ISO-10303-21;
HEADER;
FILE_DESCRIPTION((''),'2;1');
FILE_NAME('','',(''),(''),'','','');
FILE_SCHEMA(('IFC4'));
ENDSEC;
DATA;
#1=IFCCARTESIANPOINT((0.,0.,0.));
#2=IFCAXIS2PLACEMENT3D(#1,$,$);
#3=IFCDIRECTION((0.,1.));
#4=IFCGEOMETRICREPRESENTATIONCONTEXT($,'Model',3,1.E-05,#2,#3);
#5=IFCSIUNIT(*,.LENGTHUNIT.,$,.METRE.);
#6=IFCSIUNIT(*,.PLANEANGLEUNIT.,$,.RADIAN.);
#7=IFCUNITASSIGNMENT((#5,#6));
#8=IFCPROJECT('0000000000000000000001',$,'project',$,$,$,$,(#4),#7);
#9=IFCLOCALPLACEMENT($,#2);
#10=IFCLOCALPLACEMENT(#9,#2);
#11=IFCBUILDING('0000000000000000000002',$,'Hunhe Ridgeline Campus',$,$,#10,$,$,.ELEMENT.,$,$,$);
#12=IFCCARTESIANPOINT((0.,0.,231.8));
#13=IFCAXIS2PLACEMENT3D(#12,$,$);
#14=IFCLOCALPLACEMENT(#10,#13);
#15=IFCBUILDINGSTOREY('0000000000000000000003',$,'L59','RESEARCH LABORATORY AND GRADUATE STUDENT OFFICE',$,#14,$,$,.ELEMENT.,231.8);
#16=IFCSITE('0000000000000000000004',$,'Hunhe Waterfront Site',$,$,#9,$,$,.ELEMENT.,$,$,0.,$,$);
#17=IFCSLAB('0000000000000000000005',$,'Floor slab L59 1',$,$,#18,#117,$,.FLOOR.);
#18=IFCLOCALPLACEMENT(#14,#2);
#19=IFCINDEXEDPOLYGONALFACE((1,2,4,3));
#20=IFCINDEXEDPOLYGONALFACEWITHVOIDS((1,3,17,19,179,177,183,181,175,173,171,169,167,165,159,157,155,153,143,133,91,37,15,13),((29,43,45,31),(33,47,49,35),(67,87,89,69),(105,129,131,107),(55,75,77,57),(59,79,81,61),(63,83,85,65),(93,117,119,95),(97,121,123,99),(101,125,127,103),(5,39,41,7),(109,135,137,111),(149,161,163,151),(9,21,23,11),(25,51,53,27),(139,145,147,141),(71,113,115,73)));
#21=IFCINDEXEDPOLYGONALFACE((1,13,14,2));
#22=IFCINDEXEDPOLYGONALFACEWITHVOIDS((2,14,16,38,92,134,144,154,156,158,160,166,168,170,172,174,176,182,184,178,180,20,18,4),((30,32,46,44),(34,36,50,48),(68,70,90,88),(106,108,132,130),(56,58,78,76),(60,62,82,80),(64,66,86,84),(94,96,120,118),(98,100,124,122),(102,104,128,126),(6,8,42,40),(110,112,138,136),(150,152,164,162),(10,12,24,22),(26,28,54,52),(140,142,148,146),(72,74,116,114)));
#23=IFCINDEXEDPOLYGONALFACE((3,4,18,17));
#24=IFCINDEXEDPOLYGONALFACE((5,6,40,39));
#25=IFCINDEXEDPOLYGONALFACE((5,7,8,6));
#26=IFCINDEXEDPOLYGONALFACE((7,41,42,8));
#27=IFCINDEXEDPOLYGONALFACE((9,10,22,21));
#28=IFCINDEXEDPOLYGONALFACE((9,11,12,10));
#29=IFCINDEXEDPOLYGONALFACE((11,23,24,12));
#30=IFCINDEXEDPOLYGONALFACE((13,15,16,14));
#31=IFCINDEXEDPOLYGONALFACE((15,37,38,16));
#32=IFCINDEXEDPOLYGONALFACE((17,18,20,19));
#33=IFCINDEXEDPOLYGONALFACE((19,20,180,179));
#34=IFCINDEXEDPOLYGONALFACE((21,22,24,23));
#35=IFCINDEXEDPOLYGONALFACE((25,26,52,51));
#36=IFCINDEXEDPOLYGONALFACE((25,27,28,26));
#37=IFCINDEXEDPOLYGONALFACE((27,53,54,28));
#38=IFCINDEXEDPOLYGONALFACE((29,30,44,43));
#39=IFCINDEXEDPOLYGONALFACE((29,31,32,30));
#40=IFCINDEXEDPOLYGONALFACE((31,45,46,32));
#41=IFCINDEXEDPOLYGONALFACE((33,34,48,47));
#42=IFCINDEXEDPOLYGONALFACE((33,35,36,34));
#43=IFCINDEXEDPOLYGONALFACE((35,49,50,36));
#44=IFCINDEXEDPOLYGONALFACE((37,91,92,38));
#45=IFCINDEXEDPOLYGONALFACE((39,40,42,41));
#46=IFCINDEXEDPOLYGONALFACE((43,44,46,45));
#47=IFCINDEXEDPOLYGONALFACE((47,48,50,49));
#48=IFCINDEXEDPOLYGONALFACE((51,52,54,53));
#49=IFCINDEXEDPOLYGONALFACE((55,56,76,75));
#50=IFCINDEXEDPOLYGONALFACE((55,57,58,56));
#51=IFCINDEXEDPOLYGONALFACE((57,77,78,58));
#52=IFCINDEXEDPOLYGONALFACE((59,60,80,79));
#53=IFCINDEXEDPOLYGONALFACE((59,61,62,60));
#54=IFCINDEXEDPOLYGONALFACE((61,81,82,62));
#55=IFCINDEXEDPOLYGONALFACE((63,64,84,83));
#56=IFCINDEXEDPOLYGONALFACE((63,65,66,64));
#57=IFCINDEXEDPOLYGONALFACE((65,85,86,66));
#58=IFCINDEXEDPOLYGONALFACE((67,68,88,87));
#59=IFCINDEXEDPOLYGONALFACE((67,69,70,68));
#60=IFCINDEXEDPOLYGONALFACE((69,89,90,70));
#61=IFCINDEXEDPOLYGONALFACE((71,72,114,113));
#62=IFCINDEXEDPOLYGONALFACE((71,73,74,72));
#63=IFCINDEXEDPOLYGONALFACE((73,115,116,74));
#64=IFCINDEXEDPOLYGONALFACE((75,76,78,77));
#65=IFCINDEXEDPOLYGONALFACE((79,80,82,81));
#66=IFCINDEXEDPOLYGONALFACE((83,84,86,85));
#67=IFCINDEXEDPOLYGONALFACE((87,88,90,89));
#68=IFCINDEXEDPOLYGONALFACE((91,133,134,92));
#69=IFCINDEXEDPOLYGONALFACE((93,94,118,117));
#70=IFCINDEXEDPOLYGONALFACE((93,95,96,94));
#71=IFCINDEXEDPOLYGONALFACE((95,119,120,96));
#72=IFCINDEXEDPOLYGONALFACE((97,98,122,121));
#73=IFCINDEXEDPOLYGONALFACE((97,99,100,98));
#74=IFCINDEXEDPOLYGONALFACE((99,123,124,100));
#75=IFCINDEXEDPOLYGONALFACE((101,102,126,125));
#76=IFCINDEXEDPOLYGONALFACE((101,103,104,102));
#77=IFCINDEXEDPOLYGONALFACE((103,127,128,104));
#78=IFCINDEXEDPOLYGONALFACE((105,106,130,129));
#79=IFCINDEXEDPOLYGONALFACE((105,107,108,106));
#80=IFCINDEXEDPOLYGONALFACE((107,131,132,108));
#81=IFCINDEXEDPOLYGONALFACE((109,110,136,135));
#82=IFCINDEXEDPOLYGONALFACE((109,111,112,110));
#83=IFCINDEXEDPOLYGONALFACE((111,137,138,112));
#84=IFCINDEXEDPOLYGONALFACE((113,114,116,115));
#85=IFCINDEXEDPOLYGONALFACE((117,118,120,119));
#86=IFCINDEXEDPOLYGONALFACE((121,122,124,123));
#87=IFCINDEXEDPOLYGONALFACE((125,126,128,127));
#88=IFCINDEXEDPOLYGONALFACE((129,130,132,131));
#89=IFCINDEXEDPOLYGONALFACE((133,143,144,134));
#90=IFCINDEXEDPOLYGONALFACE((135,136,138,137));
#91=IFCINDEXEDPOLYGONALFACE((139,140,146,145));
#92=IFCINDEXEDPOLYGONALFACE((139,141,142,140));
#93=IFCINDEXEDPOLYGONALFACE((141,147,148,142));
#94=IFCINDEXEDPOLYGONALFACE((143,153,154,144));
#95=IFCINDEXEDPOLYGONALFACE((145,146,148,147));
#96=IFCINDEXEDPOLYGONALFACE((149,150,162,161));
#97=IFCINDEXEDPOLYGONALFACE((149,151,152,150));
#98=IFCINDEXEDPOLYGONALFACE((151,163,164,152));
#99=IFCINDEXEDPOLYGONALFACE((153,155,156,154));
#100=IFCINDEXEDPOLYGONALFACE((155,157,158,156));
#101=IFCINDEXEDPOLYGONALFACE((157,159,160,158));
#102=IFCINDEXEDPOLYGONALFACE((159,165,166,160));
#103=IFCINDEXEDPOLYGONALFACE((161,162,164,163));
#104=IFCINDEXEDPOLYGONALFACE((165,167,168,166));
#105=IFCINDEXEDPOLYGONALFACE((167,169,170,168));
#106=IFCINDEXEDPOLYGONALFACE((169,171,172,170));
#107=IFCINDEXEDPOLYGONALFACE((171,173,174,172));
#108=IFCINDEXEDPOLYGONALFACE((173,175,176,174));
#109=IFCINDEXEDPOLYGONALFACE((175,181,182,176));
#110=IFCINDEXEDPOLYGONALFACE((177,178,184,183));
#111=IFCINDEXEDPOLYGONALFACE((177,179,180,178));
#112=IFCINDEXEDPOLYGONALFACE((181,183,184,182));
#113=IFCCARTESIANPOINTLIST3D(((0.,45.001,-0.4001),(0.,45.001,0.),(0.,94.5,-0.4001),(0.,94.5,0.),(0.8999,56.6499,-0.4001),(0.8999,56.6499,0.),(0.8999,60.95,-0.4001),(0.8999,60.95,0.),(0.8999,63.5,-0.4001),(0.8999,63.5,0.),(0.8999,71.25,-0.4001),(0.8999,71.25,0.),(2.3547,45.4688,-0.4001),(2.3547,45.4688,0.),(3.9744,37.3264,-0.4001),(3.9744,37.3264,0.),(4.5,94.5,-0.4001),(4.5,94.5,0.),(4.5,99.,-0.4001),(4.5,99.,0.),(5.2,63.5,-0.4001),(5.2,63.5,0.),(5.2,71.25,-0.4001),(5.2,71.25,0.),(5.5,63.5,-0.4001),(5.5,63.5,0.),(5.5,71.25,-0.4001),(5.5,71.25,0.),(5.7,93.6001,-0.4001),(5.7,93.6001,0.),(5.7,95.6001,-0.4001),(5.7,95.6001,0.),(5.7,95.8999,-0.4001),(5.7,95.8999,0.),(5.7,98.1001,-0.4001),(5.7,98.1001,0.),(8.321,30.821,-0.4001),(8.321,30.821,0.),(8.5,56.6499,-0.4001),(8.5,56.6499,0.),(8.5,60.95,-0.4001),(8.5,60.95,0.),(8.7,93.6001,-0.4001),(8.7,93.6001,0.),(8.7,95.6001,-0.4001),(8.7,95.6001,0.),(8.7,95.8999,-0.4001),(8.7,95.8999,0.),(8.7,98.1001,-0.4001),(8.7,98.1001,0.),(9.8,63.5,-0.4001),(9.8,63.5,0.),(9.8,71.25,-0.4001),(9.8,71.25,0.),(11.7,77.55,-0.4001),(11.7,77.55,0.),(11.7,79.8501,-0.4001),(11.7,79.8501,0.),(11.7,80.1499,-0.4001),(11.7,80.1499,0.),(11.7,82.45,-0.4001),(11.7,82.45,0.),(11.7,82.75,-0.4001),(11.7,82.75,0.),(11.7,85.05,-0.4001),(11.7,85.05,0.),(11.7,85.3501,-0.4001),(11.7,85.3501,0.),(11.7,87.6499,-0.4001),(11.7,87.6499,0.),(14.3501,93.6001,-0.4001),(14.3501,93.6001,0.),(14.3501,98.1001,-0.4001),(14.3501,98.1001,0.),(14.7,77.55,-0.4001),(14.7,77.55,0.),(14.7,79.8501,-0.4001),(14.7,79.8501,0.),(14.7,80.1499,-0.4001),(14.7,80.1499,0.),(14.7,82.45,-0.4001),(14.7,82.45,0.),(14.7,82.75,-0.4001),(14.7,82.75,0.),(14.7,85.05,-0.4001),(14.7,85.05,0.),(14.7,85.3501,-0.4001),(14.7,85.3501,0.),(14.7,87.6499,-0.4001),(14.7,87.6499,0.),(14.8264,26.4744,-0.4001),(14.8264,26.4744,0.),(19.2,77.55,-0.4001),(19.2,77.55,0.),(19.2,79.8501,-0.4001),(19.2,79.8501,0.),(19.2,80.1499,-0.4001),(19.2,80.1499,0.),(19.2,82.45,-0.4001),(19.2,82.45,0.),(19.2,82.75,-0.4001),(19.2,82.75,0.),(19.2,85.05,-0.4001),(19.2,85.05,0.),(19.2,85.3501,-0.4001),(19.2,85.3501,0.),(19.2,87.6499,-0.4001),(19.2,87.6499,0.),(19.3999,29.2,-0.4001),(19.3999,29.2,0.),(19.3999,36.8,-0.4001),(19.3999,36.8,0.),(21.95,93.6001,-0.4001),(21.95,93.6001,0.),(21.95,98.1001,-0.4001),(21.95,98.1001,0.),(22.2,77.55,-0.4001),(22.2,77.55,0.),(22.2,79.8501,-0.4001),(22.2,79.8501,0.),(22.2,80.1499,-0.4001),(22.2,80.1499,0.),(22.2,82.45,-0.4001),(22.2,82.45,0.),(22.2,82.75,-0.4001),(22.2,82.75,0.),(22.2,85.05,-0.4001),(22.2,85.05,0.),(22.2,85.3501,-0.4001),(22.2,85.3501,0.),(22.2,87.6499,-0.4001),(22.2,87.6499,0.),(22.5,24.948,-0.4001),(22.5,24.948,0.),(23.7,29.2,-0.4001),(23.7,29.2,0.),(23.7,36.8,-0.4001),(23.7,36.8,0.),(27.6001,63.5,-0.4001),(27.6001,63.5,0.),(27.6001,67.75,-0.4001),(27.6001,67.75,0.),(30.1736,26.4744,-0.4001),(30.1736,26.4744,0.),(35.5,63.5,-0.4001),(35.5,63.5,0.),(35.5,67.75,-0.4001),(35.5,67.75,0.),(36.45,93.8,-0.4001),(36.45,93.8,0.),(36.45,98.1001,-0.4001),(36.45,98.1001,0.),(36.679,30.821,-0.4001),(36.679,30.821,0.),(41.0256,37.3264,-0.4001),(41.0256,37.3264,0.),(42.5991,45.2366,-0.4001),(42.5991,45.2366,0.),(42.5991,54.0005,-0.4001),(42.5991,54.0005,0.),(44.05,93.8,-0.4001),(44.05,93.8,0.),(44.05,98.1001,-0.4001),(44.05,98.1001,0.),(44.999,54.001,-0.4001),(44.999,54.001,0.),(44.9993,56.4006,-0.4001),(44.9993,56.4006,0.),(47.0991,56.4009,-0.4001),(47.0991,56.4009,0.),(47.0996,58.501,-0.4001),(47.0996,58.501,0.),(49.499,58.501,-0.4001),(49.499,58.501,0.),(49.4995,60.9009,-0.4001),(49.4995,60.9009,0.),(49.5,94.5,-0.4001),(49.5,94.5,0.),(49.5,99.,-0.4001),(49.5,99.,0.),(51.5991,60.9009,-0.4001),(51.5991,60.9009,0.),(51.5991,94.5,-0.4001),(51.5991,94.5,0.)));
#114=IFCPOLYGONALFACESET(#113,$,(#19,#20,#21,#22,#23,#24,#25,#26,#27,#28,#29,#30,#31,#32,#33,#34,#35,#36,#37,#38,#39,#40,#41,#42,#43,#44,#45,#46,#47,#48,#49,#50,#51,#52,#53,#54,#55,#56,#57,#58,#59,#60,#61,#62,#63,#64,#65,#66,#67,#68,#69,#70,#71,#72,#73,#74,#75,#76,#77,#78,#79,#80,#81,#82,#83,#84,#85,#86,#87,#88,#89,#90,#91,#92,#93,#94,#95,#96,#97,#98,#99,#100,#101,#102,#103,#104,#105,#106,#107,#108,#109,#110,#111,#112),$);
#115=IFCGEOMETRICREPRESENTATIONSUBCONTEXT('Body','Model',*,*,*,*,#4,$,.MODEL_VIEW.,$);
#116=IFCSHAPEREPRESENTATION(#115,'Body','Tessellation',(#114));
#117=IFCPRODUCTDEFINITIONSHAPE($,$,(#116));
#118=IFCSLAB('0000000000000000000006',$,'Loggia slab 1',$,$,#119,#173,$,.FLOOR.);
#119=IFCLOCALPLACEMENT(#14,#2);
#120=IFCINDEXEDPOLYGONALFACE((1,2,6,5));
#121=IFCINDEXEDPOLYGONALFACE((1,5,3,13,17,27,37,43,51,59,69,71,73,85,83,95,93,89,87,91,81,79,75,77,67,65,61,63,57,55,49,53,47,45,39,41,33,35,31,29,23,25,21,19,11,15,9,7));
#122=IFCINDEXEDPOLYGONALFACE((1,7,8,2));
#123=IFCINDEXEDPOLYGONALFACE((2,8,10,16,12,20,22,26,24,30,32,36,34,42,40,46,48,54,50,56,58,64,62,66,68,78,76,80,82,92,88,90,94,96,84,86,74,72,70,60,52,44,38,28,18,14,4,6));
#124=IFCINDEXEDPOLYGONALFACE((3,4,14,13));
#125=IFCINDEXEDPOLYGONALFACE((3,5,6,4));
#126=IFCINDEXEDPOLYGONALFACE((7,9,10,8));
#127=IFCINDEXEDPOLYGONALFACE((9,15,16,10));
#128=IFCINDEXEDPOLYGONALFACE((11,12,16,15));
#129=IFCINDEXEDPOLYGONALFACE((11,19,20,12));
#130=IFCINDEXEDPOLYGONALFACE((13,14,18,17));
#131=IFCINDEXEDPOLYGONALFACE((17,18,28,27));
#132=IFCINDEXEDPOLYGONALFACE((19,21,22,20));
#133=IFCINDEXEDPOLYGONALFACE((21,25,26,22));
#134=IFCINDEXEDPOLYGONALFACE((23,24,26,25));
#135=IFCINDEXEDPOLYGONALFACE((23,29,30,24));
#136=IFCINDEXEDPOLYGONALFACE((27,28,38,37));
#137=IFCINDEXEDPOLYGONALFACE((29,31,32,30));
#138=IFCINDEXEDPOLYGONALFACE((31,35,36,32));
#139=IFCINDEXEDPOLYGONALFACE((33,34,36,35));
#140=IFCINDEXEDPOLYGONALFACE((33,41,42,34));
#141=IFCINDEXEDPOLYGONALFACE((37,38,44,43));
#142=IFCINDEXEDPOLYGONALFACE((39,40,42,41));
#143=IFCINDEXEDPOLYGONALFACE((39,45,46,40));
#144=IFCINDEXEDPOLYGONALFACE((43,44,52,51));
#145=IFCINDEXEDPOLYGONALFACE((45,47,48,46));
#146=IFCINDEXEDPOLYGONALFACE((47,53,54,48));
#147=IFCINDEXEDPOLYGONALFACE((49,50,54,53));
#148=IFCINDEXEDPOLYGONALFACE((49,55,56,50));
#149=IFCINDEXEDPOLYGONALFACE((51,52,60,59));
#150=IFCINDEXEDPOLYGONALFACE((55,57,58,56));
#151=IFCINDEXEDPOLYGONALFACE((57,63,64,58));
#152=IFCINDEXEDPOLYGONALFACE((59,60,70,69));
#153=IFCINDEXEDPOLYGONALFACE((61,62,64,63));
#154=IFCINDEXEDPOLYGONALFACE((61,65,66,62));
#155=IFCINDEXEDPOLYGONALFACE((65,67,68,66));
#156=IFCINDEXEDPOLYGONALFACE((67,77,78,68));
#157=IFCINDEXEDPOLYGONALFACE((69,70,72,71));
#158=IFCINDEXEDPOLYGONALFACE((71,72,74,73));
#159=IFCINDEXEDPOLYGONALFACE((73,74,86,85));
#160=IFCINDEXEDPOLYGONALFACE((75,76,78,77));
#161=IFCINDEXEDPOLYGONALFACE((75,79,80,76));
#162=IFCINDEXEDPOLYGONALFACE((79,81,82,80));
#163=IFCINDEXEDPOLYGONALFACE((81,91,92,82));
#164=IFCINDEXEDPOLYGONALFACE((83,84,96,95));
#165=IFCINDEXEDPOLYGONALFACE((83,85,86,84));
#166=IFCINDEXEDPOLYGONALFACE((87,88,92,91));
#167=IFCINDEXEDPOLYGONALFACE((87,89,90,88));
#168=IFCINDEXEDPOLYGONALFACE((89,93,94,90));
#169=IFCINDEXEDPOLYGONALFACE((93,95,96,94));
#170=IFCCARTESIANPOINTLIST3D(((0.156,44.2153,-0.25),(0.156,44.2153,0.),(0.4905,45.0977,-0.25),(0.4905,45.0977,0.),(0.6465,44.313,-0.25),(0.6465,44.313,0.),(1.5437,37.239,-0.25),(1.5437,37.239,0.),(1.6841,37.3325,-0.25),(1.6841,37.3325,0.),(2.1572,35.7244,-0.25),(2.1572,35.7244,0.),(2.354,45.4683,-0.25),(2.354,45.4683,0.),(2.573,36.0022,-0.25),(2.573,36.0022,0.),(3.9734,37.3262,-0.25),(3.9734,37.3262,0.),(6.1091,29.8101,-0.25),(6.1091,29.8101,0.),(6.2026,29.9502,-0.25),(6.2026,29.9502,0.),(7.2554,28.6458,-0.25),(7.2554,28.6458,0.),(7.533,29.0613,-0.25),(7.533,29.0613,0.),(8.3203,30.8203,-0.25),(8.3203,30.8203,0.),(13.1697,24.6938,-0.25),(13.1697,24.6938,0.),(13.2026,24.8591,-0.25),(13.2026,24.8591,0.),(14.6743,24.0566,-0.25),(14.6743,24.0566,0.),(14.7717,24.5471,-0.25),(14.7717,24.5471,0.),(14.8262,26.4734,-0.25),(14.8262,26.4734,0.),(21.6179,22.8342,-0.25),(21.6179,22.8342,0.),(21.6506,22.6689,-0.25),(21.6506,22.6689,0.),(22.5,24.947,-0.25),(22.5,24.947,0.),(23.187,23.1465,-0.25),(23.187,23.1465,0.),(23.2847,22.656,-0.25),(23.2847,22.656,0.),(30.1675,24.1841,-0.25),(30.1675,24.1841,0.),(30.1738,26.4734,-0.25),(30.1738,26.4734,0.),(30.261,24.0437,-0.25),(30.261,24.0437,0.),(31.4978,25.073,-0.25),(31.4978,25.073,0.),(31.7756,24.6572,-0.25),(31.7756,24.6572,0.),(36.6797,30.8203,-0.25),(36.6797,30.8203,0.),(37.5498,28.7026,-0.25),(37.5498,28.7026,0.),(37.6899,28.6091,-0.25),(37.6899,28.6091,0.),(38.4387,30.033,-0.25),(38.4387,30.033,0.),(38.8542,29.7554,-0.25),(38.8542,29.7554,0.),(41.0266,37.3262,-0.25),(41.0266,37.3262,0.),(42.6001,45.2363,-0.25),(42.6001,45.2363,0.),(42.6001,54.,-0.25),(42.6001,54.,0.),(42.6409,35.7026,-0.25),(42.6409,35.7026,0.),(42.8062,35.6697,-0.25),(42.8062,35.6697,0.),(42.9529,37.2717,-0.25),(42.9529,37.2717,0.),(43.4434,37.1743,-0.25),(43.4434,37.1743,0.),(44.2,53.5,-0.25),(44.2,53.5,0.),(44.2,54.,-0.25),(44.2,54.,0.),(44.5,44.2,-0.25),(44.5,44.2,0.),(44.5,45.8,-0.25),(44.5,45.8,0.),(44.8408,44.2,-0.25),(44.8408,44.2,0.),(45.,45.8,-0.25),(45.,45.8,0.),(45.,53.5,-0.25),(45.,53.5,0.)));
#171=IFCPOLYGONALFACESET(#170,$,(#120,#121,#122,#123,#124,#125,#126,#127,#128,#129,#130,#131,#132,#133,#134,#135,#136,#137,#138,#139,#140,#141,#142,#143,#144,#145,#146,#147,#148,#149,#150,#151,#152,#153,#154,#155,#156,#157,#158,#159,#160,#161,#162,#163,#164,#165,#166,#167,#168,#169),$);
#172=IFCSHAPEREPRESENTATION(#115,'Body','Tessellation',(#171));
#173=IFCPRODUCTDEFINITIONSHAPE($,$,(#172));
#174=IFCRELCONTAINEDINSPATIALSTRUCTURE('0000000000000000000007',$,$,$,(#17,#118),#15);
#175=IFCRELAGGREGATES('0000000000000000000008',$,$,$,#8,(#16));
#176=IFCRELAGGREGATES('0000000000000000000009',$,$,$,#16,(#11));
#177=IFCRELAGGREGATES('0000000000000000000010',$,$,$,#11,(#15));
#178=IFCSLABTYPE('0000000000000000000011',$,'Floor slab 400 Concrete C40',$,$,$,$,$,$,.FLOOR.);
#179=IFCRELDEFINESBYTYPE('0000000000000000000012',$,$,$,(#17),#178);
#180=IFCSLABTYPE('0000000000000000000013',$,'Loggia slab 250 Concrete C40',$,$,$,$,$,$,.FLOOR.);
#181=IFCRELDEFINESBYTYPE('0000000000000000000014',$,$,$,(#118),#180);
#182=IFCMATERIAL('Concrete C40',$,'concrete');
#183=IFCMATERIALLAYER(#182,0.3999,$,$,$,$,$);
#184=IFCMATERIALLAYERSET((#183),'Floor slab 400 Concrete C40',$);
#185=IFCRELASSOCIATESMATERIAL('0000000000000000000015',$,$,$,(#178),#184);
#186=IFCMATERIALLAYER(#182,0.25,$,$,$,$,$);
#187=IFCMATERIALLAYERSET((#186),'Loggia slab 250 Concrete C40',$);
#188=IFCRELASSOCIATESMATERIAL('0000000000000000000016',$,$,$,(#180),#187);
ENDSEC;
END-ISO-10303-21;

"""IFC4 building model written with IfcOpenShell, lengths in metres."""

from ifc_helpers import new_model, si_unit, direction, frame, origin, place, context, subcontext, project, spatial, polyline, outline, extrude, material, layer, layer_set, type_object, element, save


model = new_model("IFC4")

# Units and contexts
model_context = context("Model", 3, precision=1e-05, world=origin(), true_north=direction((0.0, 1.0)))
body_context = subcontext(model_context, "Body", "Model", "MODEL_VIEW")
ifc_project = project(units=[si_unit("LENGTHUNIT", "METRE"), si_unit("PLANEANGLEUNIT", "RADIAN")], contexts=[model_context])

# Site, building, storey
site_placement = place(None, origin())
site = spatial("IfcSite", under=ifc_project, at=site_placement, Name="Hunhe Waterfront Site", CompositionType="ELEMENT", RefElevation=0.0)
building_placement = place(site_placement, origin())
building = spatial("IfcBuilding", under=site, at=building_placement, Name="Hunhe Ridgeline Campus", CompositionType="ELEMENT")
storey_placement = place(building_placement, frame((0.0, 0.0, 231.8)))
storey = spatial("IfcBuildingStorey", under=building, at=storey_placement, Name="L59", Description="RESEARCH LABORATORY AND GRADUATE STUDENT OFFICE", CompositionType="ELEMENT", Elevation=231.8)

# Slabs
ifc_material_1 = material(Name="Concrete C40", Category="concrete")
ifc_layer_1 = layer(ifc_material_1, 0.3999)
ifc_layer_set_1 = layer_set([ifc_layer_1], Name="Floor slab 400 Concrete C40")
slab_type_1 = type_object("IfcSlabType", Name="Floor slab 400 Concrete C40", PredefinedType="FLOOR", material=ifc_layer_set_1)
slab_1_placement = place(storey_placement, frame((0.0, 0.0, -0.4001)))
element("IfcSlab", 1, at=slab_1_placement, inside=storey, type_object=slab_type_1, Name="Floor slab L59 1", PredefinedType="FLOOR", context=body_context, shape_type="SweptSolid", body=[
    extrude(outline(polyline([(36.679, 30.821), (41.0256, 37.3264), (42.5991, 45.2366), (42.5991, 54.0005), (44.999, 54.001), (44.9993, 56.4006), (47.0991, 56.4009), (47.0996, 58.501), (49.499, 58.501), (49.4995, 60.9009), (51.5991, 60.9009), (51.5991, 94.5), (49.5, 94.5), (49.5, 99.0), (4.5, 99.0), (4.5, 94.5), (0.0, 94.5), (0.0, 45.001), (2.3547, 45.4688), (3.9744, 37.3264), (8.321, 30.821), (14.8264, 26.4744), (22.5, 24.948), (30.1736, 26.4744), (36.679, 30.821)]), holes=[polyline([(36.45, 98.1001), (36.45, 93.8), (44.05, 93.8), (44.05, 98.1001), (36.45, 98.1001)]), polyline([(27.6001, 63.5), (35.5, 63.5), (35.5, 67.75), (27.6001, 67.75), (27.6001, 63.5)]), polyline([(19.3999, 36.8), (19.3999, 29.2), (23.7, 29.2), (23.7, 36.8), (19.3999, 36.8)]), polyline([(22.2, 87.6499), (19.2, 87.6499), (19.2, 85.3501), (22.2, 85.3501), (22.2, 87.6499)]), polyline([(22.2, 77.55), (22.2, 79.8501), (19.2, 79.8501), (19.2, 77.55), (22.2, 77.55)]), polyline([(19.2, 85.05), (19.2, 82.75), (22.2, 82.75), (22.2, 85.05), (19.2, 85.05)]), polyline([(19.2, 80.1499), (22.2, 80.1499), (22.2, 82.45), (19.2, 82.45), (19.2, 80.1499)]), polyline([(14.3501, 98.1001), (14.3501, 93.6001), (21.95, 93.6001), (21.95, 98.1001), (14.3501, 98.1001)]), polyline([(14.7, 87.6499), (11.7, 87.6499), (11.7, 85.3501), (14.7, 85.3501), (14.7, 87.6499)]), polyline([(14.7, 77.55), (14.7, 79.8501), (11.7, 79.8501), (11.7, 77.55), (14.7, 77.55)]), polyline([(11.7, 85.05), (11.7, 82.75), (14.7, 82.75), (14.7, 85.05), (11.7, 85.05)]), polyline([(11.7, 80.1499), (14.7, 80.1499), (14.7, 82.45), (11.7, 82.45), (11.7, 80.1499)]), polyline([(9.8, 63.5), (9.8, 71.25), (5.5, 71.25), (5.5, 63.5), (9.8, 63.5)]), polyline([(8.7, 93.6001), (8.7, 95.6001), (5.7, 95.6001), (5.7, 93.6001), (8.7, 93.6001)]), polyline([(5.7, 95.8999), (8.7, 95.8999), (8.7, 98.1001), (5.7, 98.1001), (5.7, 95.8999)]), polyline([(0.8999, 60.95), (0.8999, 56.6499), (8.5, 56.6499), (8.5, 60.95), (0.8999, 60.95)]), polyline([(5.2, 71.25), (0.8999, 71.25), (0.8999, 63.5), (5.2, 63.5), (5.2, 71.25)])]), origin(), (0.0, 0.0, 1.0), 0.4001),
])
ifc_layer_2 = layer(ifc_material_1, 0.25)
ifc_layer_set_2 = layer_set([ifc_layer_2], Name="Loggia slab 250 Concrete C40")
slab_type_2 = type_object("IfcSlabType", Name="Loggia slab 250 Concrete C40", PredefinedType="FLOOR", material=ifc_layer_set_2)
slab_2_placement = place(storey_placement, frame((0.0, 0.0, -0.25)))
element("IfcSlab", 2, at=slab_2_placement, inside=storey, type_object=slab_type_2, Name="Loggia slab 1", PredefinedType="FLOOR", context=body_context, shape_type="SweptSolid", body=[
    extrude(outline(polyline([(30.1738, 26.4734), (22.5, 24.947), (14.8262, 26.4734), (8.3203, 30.8203), (3.9734, 37.3262), (2.354, 45.4683), (0.4905, 45.0977), (0.6465, 44.313), (0.156, 44.2153), (1.5437, 37.239), (1.6841, 37.3325), (2.573, 36.0022), (2.1572, 35.7244), (6.1091, 29.8101), (6.2026, 29.9502), (7.533, 29.0613), (7.2554, 28.6458), (13.1697, 24.6938), (13.2026, 24.8591), (14.7717, 24.5471), (14.6743, 24.0566), (21.6506, 22.6689), (21.6179, 22.8342), (23.187, 23.1465), (23.2847, 22.656), (30.261, 24.0437), (30.1675, 24.1841), (31.4978, 25.073), (31.7756, 24.6572), (37.6899, 28.6091), (37.5498, 28.7026), (38.4387, 30.033), (38.8542, 29.7554), (42.8062, 35.6697), (42.6409, 35.7026), (42.9529, 37.2717), (43.4434, 37.1743), (44.8408, 44.2), (44.5, 44.2), (44.5, 45.8), (45.0, 45.8), (45.0, 53.5), (44.2, 53.5), (44.2, 54.0), (42.6001, 54.0), (42.6001, 45.2363), (41.0266, 37.3262), (36.6797, 30.8203), (30.1738, 26.4734)])), origin(), (0.0, 0.0, 1.0), 0.25),
])

save(model, "model.ifc")
